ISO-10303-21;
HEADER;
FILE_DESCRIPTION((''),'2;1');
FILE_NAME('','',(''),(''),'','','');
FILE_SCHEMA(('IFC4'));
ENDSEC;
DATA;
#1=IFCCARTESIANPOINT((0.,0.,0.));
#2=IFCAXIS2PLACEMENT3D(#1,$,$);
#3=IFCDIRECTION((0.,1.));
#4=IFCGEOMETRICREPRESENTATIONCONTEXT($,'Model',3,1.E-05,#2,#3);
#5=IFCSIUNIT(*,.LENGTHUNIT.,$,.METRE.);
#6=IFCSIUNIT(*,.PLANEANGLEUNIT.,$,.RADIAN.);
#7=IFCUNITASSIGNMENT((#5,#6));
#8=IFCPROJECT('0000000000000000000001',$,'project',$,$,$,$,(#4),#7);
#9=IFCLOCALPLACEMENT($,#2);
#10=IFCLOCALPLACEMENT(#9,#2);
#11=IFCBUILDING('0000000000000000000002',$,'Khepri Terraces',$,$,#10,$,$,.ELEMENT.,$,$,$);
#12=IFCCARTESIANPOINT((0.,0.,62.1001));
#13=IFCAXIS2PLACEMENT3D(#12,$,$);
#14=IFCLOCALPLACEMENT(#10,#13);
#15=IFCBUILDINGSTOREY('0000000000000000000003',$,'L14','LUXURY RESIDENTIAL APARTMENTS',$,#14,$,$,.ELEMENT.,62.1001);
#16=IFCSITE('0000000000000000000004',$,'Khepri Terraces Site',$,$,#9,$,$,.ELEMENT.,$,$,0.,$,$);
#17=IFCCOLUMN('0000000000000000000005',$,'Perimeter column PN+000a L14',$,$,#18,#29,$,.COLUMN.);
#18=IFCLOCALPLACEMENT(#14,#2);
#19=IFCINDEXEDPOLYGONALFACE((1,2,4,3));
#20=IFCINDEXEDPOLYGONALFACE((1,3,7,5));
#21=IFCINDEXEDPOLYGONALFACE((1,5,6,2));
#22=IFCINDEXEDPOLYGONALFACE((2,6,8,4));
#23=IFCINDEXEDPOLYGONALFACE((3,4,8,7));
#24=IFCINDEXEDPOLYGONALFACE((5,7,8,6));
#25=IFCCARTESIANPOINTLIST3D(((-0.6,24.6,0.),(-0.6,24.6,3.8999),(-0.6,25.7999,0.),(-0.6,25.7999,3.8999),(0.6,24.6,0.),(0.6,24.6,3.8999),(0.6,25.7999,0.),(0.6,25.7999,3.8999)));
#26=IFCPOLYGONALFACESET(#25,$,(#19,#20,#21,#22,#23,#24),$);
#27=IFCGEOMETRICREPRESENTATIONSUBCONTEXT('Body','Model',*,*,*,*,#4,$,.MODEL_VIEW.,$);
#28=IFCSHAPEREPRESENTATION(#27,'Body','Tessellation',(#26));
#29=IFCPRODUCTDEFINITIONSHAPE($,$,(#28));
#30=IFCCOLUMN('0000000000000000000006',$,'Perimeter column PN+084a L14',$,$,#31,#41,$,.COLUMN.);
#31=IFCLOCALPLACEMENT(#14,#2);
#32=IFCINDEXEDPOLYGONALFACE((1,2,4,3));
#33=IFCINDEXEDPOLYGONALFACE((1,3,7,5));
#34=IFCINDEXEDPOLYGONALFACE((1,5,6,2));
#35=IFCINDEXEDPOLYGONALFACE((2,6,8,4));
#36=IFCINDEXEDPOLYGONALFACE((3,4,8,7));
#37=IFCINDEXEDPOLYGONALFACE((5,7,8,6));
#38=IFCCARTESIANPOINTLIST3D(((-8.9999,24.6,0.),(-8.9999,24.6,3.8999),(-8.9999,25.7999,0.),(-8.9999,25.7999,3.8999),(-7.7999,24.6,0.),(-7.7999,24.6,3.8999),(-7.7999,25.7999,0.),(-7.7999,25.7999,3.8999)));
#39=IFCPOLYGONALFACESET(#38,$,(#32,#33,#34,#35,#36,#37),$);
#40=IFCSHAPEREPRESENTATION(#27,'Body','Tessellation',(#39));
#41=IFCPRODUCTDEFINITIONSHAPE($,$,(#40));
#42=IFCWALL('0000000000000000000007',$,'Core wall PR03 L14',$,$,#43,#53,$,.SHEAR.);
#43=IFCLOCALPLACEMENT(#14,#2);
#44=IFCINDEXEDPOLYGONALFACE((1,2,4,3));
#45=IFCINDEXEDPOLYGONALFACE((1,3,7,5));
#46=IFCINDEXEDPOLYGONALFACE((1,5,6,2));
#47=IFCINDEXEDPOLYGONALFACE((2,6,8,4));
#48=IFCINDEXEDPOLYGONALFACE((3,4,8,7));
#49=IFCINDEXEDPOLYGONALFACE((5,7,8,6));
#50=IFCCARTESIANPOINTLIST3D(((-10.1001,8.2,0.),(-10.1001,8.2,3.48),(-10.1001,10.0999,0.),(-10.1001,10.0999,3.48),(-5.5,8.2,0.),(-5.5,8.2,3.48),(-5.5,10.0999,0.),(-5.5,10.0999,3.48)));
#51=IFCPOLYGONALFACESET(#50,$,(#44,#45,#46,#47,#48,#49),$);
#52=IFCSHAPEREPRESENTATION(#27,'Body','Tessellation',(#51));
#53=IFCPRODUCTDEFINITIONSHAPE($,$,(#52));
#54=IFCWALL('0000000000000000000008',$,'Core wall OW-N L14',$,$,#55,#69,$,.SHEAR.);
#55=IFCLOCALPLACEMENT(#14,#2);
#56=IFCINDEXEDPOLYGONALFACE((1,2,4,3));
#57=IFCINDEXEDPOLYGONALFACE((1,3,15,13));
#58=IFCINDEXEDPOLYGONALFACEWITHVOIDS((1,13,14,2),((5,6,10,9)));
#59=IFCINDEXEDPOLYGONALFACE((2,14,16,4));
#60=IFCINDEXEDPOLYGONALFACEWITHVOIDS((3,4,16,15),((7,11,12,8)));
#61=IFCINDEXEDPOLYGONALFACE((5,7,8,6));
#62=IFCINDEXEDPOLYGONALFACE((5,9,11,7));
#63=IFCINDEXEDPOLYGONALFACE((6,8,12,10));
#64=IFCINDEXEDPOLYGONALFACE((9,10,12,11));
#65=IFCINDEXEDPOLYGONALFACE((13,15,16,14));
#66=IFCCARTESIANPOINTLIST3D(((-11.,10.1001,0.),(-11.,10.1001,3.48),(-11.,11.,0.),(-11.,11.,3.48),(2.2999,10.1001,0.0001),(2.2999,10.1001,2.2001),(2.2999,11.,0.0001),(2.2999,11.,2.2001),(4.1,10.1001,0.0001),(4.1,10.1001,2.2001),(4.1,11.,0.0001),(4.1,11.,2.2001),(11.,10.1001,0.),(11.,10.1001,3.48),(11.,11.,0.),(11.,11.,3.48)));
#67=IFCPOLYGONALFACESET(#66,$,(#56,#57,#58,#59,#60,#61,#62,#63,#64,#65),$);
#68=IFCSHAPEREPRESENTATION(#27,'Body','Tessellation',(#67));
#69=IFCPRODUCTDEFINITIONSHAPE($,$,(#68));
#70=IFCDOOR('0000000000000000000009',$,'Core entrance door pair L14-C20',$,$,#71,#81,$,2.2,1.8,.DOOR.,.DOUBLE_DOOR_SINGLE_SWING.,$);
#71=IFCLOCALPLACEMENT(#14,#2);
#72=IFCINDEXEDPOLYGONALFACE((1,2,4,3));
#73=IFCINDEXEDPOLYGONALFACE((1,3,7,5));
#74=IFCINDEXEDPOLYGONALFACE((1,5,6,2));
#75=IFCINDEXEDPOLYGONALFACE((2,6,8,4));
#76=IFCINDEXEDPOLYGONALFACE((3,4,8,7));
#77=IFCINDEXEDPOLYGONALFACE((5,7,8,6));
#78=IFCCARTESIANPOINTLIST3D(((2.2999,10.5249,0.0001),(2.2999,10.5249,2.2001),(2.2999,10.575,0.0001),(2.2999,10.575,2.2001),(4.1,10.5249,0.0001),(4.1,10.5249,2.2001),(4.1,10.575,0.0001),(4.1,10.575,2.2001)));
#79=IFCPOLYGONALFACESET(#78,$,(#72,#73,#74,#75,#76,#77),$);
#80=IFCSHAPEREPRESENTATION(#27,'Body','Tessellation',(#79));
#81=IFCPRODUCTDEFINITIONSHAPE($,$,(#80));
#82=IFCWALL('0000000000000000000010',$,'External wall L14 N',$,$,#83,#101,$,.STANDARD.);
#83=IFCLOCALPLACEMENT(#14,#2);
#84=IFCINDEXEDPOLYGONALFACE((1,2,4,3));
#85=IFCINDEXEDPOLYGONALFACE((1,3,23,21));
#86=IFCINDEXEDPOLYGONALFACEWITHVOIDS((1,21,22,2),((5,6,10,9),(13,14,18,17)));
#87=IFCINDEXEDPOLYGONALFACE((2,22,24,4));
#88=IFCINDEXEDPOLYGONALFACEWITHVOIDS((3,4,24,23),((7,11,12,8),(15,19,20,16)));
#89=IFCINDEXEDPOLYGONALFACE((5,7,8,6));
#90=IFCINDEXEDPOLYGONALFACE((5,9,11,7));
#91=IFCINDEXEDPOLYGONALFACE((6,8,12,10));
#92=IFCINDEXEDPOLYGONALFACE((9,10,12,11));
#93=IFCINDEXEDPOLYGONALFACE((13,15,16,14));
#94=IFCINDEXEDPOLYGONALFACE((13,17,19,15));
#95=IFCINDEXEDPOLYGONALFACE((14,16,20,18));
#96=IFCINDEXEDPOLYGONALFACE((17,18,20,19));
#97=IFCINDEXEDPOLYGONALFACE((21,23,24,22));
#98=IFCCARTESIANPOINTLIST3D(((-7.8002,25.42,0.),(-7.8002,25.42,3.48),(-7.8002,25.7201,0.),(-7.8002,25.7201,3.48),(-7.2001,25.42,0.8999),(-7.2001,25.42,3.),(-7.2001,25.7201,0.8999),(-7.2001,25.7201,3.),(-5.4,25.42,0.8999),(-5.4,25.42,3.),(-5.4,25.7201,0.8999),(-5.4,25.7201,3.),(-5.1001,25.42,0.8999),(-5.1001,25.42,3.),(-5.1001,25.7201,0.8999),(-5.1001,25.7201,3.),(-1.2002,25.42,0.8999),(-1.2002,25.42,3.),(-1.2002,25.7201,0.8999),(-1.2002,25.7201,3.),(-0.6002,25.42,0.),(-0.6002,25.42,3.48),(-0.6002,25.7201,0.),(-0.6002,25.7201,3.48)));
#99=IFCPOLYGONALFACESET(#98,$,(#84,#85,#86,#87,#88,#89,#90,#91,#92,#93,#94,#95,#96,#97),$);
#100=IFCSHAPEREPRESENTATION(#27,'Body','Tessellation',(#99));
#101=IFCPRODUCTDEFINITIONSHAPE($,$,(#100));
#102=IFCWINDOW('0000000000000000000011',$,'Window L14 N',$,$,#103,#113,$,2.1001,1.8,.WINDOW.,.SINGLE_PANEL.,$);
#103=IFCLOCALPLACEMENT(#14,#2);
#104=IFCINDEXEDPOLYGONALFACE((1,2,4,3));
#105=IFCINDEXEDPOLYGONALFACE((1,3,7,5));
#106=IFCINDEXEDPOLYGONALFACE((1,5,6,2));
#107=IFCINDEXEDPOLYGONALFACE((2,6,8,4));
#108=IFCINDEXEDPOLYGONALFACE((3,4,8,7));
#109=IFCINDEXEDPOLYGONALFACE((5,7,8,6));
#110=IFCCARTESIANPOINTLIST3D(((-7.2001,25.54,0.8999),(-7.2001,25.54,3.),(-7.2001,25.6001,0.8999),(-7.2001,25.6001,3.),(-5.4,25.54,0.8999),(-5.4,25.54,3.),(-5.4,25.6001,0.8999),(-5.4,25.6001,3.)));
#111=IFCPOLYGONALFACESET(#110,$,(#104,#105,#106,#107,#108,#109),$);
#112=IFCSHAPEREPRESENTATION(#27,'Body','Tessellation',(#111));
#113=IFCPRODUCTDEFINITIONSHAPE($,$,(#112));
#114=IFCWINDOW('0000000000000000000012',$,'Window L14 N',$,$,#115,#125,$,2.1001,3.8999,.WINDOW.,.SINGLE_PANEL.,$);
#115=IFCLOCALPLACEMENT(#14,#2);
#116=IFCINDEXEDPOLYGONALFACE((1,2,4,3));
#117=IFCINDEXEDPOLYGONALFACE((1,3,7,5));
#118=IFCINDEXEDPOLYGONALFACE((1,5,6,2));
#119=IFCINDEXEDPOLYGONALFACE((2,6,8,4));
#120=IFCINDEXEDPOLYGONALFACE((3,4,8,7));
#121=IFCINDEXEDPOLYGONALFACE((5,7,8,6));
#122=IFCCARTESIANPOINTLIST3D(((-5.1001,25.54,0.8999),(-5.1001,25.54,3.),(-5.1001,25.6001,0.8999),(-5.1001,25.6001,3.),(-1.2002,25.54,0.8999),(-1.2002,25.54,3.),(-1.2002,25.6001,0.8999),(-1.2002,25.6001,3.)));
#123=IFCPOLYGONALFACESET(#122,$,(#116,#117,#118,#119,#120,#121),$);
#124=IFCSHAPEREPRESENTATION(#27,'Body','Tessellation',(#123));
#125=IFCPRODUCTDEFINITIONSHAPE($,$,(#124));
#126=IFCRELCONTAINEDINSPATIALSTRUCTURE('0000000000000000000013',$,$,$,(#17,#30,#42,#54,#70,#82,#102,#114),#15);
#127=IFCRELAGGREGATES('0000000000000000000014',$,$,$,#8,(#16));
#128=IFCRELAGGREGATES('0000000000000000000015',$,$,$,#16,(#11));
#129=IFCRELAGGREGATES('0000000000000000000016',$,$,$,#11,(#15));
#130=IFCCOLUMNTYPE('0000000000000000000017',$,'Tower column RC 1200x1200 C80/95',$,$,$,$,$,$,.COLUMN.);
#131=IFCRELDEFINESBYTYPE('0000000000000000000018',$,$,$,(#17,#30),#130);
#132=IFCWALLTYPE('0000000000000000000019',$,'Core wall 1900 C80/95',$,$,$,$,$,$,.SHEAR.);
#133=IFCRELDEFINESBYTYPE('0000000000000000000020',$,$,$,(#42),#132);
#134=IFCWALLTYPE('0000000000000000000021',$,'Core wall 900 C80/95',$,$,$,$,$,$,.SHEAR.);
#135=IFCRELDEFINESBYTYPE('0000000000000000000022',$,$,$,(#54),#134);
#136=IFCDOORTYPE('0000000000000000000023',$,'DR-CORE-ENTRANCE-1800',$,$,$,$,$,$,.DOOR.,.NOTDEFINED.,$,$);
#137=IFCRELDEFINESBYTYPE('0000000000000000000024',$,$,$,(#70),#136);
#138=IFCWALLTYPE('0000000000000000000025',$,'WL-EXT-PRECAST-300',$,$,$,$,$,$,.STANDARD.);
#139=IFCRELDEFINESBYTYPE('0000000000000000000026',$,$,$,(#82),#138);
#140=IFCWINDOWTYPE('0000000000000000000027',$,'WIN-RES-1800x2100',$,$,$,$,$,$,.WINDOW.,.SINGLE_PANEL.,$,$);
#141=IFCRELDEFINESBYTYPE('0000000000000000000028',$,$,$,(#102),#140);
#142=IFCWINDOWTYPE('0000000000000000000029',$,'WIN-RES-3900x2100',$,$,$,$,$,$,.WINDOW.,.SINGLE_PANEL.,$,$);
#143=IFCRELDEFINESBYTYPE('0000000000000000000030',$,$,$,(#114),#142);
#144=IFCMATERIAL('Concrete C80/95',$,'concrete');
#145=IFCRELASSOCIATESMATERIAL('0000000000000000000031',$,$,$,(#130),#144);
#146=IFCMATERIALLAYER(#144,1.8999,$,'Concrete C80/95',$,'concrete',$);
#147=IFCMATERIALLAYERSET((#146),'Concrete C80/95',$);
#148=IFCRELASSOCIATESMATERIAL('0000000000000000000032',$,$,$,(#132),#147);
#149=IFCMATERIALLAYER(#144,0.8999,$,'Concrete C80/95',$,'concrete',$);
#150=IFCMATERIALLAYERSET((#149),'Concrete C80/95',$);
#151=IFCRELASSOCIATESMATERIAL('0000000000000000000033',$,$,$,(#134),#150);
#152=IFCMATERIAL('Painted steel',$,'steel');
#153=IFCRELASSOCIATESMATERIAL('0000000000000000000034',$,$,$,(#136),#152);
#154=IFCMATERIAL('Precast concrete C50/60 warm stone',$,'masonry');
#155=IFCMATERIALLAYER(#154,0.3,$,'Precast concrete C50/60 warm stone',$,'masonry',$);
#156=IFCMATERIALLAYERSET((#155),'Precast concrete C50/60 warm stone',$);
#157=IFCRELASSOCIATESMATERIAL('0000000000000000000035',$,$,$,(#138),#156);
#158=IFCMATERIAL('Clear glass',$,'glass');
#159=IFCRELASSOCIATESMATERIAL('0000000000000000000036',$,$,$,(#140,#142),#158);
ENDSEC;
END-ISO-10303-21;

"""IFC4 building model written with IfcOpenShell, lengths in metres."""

from ifc_helpers import new_model, si_unit, direction, frame, frame_2d, origin, origin_2d, place, context, subcontext, project, spatial, rectangle, extrude, material, layer, layer_set, material_profile, profile_set, type_object, element, fill, save


model = new_model("IFC4")

# Units and contexts
model_context = context("Model", 3, precision=1e-05, world=origin(), true_north=direction((0.0, 1.0)))
body_context = subcontext(model_context, "Body", "Model", "MODEL_VIEW")
ifc_project = project(units=[si_unit("LENGTHUNIT", "METRE"), si_unit("PLANEANGLEUNIT", "RADIAN")], contexts=[model_context])

# Site, building, storey
site_placement = place(None, origin())
site = spatial("IfcSite", under=ifc_project, at=site_placement, Name="Khepri Terraces Site", CompositionType="ELEMENT", RefElevation=0.0)
building_placement = place(site_placement, origin())
building = spatial("IfcBuilding", under=site, at=building_placement, Name="Khepri Terraces", CompositionType="ELEMENT")
storey_placement = place(building_placement, frame((0.0, 0.0, 62.1001)))
storey = spatial("IfcBuildingStorey", under=building, at=storey_placement, Name="L14", Description="LUXURY RESIDENTIAL APARTMENTS", CompositionType="ELEMENT", Elevation=62.1001)

# Columns
ifc_material_1 = material(Name="Concrete C80/95", Category="concrete")
ifc_material_profile = material_profile(ifc_material_1, rectangle(XDim=1.2, YDim=1.2, at=origin_2d()), Name="Concrete C80/95", Category="concrete")
ifc_profile_set = profile_set([ifc_material_profile], Name="Concrete C80/95")
column_type = type_object("IfcColumnType", Name="Tower column RC 1200x1200 C80/95", PredefinedType="COLUMN", material=ifc_profile_set)
for number, where, z_axis, x_axis, name in (
    (1, (0.0, 25.2, 0.0), (0.0, 0.0, 1.0), (1.0, 0.0, 0.0), "Perimeter column PN+000a L14"),
    (2, (-8.3999, 25.2, 0.0), (0.0, 0.0, 1.0), (1.0, 0.0, 0.0), "Perimeter column PN+084a L14"),
):
    element("IfcColumn", number, at=place(storey_placement, frame(where, z_axis=z_axis, x_axis=x_axis)), inside=storey, type_object=column_type, Name=name, PredefinedType="COLUMN", context=body_context, shape_type="SweptSolid", body=[
        extrude(rectangle(XDim=1.2, YDim=1.2, at=origin_2d()), origin(), (0.0, 0.0, 1.0), 3.8999),
    ])

# Wall
ifc_layer_1 = layer(ifc_material_1, 1.8999, Name="Concrete C80/95", Category="concrete")
ifc_layer_set_1 = layer_set([ifc_layer_1], Name="Concrete C80/95")
wall_type_1 = type_object("IfcWallType", Name="Core wall 1900 C80/95", PredefinedType="SHEAR", material=ifc_layer_set_1)
wall_1_placement = place(storey_placement, frame((-10.1001, 9.1499, 0.0), z_axis=(0.0, 0.0, 1.0), x_axis=(1.0, 0.0, 0.0)))
element("IfcWall", 3, at=wall_1_placement, inside=storey, type_object=wall_type_1, Name="Core wall PR03 L14", PredefinedType="SHEAR", context=body_context, shape_type="SweptSolid", body=[
    extrude(rectangle(XDim=4.6001, YDim=1.8999, at=frame_2d((2.3, 0.0))), origin(), (0.0, 0.0, 1.0), 3.48),
])

# Wall, opening, door
ifc_layer_2 = layer(ifc_material_1, 0.8999, Name="Concrete C80/95", Category="concrete")
ifc_layer_set_2 = layer_set([ifc_layer_2], Name="Concrete C80/95")
wall_type_2 = type_object("IfcWallType", Name="Core wall 900 C80/95", PredefinedType="SHEAR", material=ifc_layer_set_2)
wall_2_placement = place(storey_placement, frame((-11.0, 10.55, 0.0), z_axis=(0.0, 0.0, 1.0), x_axis=(1.0, 0.0, 0.0)))
wall_2 = element("IfcWall", 4, at=wall_2_placement, inside=storey, type_object=wall_type_2, Name="Core wall OW-N L14", PredefinedType="SHEAR", context=body_context, shape_type="SweptSolid", body=[
    extrude(rectangle(XDim=22.0, YDim=0.8999, at=frame_2d((11.0, 0.0))), origin(), (0.0, 0.0, 1.0), 3.48),
])
opening_1_placement = place(wall_2_placement, frame((13.3, 0.0, 0.0)))
opening_1 = element("IfcOpeningElement", 5, at=opening_1_placement, cuts=wall_2, PredefinedType="OPENING", context=body_context, shape_type="SweptSolid", body=[
    extrude(rectangle(XDim=1.8, YDim=2.2, at=frame_2d((0.8999, 1.1001))), frame((0.0, 0.46, 0.0), z_axis=(0.0, -1.0, 0.0), x_axis=(1.0, 0.0, 0.0)), (0.0, 0.0, 1.0), 0.9199),
])
ifc_material_2 = material(Name="Painted steel", Category="steel")
door_type_1 = type_object("IfcDoorType", Name="DR-CORE-ENTRANCE-1800", OperationType="NOTDEFINED", PredefinedType="DOOR", material=ifc_material_2)
door_1_placement = place(opening_1_placement, origin())
door_1 = element("IfcDoor", 6, at=door_1_placement, inside=storey, type_object=door_type_1, Name="Core entrance door pair L14-C20", OperationType="DOUBLE_DOOR_SINGLE_SWING", OverallHeight=2.2, OverallWidth=1.8, PredefinedType="DOOR", context=body_context, shape_type="SweptSolid", body=[
    extrude(rectangle(XDim=1.8, YDim=2.2, at=frame_2d((0.8999, 1.1001))), frame((0.0, 0.0249, 0.0), z_axis=(0.0, -1.0, 0.0), x_axis=(1.0, 0.0, 0.0)), (0.0, 0.0, 1.0), 0.05),
])
fill(opening_1, door_1)

# Wall, openings, windows
ifc_material_3 = material(Name="Precast concrete C50/60 warm stone", Category="masonry")
ifc_layer_3 = layer(ifc_material_3, 0.3, Name="Precast concrete C50/60 warm stone", Category="masonry")
ifc_layer_set_3 = layer_set([ifc_layer_3], Name="Precast concrete C50/60 warm stone")
wall_type_3 = type_object("IfcWallType", Name="WL-EXT-PRECAST-300", PredefinedType="STANDARD", material=ifc_layer_set_3)
wall_3_placement = place(storey_placement, frame((-0.6001, 25.5701, 0.0), z_axis=(0.0, 0.0, 1.0), x_axis=(-1.0, 0.0, 0.0)))
wall_3 = element("IfcWall", 7, at=wall_3_placement, inside=storey, type_object=wall_type_3, Name="External wall L14 N", PredefinedType="STANDARD", context=body_context, shape_type="SweptSolid", body=[
    extrude(rectangle(XDim=7.2, YDim=0.3, at=frame_2d((3.6001, 0.0))), origin(), (0.0, 0.0, 1.0), 3.48),
])
opening_2_placement = place(wall_3_placement, frame((0.6001, 0.0, 0.8999)))
opening_2 = element("IfcOpeningElement", 8, at=opening_2_placement, cuts=wall_3, PredefinedType="OPENING", context=body_context, shape_type="SweptSolid", body=[
    extrude(rectangle(XDim=3.8999, YDim=2.1001, at=frame_2d((1.95, 1.05))), frame((0.0, 0.1602, 0.0), z_axis=(0.0, -1.0, 0.0), x_axis=(1.0, 0.0, 0.0)), (0.0, 0.0, 1.0), 0.3201),
])
opening_3_placement = place(wall_3_placement, frame((4.8, 0.0, 0.8999)))
opening_3 = element("IfcOpeningElement", 9, at=opening_3_placement, cuts=wall_3, PredefinedType="OPENING", context=body_context, shape_type="SweptSolid", body=[
    extrude(rectangle(XDim=1.8, YDim=2.1001, at=frame_2d((0.8999, 1.05))), frame((0.0, 0.1602, 0.0), z_axis=(0.0, -1.0, 0.0), x_axis=(1.0, 0.0, 0.0)), (0.0, 0.0, 1.0), 0.3201),
])
ifc_material_4 = material(Name="Clear glass", Category="glass")
window_type_1 = type_object("IfcWindowType", Name="WIN-RES-1800x2100", PartitioningType="SINGLE_PANEL", PredefinedType="WINDOW", material=ifc_material_4)
window_1_placement = place(opening_3_placement, origin())
window_1 = element("IfcWindow", 10, at=window_1_placement, inside=storey, type_object=window_type_1, Name="Window L14 N", OverallHeight=2.1001, OverallWidth=1.8, PartitioningType="SINGLE_PANEL", PredefinedType="WINDOW", context=body_context, shape_type="SweptSolid", body=[
    extrude(rectangle(XDim=1.8, YDim=2.1001, at=frame_2d((0.8999, 1.05))), frame((0.0, 0.03, 0.0), z_axis=(0.0, -1.0, 0.0), x_axis=(1.0, 0.0, 0.0)), (0.0, 0.0, 1.0), 0.0601),
])
fill(opening_3, window_1)
window_type_2 = type_object("IfcWindowType", Name="WIN-RES-3900x2100", PartitioningType="SINGLE_PANEL", PredefinedType="WINDOW", material=ifc_material_4)
window_2_placement = place(opening_2_placement, origin())
window_2 = element("IfcWindow", 11, at=window_2_placement, inside=storey, type_object=window_type_2, Name="Window L14 N", OverallHeight=2.1001, OverallWidth=3.8999, PartitioningType="SINGLE_PANEL", PredefinedType="WINDOW", context=body_context, shape_type="SweptSolid", body=[
    extrude(rectangle(XDim=3.8999, YDim=2.1001, at=frame_2d((1.95, 1.05))), frame((0.0, 0.03, 0.0), z_axis=(0.0, -1.0, 0.0), x_axis=(1.0, 0.0, 0.0)), (0.0, 0.0, 1.0), 0.0601),
])
fill(opening_2, window_2)

save(model, "model.ifc")
